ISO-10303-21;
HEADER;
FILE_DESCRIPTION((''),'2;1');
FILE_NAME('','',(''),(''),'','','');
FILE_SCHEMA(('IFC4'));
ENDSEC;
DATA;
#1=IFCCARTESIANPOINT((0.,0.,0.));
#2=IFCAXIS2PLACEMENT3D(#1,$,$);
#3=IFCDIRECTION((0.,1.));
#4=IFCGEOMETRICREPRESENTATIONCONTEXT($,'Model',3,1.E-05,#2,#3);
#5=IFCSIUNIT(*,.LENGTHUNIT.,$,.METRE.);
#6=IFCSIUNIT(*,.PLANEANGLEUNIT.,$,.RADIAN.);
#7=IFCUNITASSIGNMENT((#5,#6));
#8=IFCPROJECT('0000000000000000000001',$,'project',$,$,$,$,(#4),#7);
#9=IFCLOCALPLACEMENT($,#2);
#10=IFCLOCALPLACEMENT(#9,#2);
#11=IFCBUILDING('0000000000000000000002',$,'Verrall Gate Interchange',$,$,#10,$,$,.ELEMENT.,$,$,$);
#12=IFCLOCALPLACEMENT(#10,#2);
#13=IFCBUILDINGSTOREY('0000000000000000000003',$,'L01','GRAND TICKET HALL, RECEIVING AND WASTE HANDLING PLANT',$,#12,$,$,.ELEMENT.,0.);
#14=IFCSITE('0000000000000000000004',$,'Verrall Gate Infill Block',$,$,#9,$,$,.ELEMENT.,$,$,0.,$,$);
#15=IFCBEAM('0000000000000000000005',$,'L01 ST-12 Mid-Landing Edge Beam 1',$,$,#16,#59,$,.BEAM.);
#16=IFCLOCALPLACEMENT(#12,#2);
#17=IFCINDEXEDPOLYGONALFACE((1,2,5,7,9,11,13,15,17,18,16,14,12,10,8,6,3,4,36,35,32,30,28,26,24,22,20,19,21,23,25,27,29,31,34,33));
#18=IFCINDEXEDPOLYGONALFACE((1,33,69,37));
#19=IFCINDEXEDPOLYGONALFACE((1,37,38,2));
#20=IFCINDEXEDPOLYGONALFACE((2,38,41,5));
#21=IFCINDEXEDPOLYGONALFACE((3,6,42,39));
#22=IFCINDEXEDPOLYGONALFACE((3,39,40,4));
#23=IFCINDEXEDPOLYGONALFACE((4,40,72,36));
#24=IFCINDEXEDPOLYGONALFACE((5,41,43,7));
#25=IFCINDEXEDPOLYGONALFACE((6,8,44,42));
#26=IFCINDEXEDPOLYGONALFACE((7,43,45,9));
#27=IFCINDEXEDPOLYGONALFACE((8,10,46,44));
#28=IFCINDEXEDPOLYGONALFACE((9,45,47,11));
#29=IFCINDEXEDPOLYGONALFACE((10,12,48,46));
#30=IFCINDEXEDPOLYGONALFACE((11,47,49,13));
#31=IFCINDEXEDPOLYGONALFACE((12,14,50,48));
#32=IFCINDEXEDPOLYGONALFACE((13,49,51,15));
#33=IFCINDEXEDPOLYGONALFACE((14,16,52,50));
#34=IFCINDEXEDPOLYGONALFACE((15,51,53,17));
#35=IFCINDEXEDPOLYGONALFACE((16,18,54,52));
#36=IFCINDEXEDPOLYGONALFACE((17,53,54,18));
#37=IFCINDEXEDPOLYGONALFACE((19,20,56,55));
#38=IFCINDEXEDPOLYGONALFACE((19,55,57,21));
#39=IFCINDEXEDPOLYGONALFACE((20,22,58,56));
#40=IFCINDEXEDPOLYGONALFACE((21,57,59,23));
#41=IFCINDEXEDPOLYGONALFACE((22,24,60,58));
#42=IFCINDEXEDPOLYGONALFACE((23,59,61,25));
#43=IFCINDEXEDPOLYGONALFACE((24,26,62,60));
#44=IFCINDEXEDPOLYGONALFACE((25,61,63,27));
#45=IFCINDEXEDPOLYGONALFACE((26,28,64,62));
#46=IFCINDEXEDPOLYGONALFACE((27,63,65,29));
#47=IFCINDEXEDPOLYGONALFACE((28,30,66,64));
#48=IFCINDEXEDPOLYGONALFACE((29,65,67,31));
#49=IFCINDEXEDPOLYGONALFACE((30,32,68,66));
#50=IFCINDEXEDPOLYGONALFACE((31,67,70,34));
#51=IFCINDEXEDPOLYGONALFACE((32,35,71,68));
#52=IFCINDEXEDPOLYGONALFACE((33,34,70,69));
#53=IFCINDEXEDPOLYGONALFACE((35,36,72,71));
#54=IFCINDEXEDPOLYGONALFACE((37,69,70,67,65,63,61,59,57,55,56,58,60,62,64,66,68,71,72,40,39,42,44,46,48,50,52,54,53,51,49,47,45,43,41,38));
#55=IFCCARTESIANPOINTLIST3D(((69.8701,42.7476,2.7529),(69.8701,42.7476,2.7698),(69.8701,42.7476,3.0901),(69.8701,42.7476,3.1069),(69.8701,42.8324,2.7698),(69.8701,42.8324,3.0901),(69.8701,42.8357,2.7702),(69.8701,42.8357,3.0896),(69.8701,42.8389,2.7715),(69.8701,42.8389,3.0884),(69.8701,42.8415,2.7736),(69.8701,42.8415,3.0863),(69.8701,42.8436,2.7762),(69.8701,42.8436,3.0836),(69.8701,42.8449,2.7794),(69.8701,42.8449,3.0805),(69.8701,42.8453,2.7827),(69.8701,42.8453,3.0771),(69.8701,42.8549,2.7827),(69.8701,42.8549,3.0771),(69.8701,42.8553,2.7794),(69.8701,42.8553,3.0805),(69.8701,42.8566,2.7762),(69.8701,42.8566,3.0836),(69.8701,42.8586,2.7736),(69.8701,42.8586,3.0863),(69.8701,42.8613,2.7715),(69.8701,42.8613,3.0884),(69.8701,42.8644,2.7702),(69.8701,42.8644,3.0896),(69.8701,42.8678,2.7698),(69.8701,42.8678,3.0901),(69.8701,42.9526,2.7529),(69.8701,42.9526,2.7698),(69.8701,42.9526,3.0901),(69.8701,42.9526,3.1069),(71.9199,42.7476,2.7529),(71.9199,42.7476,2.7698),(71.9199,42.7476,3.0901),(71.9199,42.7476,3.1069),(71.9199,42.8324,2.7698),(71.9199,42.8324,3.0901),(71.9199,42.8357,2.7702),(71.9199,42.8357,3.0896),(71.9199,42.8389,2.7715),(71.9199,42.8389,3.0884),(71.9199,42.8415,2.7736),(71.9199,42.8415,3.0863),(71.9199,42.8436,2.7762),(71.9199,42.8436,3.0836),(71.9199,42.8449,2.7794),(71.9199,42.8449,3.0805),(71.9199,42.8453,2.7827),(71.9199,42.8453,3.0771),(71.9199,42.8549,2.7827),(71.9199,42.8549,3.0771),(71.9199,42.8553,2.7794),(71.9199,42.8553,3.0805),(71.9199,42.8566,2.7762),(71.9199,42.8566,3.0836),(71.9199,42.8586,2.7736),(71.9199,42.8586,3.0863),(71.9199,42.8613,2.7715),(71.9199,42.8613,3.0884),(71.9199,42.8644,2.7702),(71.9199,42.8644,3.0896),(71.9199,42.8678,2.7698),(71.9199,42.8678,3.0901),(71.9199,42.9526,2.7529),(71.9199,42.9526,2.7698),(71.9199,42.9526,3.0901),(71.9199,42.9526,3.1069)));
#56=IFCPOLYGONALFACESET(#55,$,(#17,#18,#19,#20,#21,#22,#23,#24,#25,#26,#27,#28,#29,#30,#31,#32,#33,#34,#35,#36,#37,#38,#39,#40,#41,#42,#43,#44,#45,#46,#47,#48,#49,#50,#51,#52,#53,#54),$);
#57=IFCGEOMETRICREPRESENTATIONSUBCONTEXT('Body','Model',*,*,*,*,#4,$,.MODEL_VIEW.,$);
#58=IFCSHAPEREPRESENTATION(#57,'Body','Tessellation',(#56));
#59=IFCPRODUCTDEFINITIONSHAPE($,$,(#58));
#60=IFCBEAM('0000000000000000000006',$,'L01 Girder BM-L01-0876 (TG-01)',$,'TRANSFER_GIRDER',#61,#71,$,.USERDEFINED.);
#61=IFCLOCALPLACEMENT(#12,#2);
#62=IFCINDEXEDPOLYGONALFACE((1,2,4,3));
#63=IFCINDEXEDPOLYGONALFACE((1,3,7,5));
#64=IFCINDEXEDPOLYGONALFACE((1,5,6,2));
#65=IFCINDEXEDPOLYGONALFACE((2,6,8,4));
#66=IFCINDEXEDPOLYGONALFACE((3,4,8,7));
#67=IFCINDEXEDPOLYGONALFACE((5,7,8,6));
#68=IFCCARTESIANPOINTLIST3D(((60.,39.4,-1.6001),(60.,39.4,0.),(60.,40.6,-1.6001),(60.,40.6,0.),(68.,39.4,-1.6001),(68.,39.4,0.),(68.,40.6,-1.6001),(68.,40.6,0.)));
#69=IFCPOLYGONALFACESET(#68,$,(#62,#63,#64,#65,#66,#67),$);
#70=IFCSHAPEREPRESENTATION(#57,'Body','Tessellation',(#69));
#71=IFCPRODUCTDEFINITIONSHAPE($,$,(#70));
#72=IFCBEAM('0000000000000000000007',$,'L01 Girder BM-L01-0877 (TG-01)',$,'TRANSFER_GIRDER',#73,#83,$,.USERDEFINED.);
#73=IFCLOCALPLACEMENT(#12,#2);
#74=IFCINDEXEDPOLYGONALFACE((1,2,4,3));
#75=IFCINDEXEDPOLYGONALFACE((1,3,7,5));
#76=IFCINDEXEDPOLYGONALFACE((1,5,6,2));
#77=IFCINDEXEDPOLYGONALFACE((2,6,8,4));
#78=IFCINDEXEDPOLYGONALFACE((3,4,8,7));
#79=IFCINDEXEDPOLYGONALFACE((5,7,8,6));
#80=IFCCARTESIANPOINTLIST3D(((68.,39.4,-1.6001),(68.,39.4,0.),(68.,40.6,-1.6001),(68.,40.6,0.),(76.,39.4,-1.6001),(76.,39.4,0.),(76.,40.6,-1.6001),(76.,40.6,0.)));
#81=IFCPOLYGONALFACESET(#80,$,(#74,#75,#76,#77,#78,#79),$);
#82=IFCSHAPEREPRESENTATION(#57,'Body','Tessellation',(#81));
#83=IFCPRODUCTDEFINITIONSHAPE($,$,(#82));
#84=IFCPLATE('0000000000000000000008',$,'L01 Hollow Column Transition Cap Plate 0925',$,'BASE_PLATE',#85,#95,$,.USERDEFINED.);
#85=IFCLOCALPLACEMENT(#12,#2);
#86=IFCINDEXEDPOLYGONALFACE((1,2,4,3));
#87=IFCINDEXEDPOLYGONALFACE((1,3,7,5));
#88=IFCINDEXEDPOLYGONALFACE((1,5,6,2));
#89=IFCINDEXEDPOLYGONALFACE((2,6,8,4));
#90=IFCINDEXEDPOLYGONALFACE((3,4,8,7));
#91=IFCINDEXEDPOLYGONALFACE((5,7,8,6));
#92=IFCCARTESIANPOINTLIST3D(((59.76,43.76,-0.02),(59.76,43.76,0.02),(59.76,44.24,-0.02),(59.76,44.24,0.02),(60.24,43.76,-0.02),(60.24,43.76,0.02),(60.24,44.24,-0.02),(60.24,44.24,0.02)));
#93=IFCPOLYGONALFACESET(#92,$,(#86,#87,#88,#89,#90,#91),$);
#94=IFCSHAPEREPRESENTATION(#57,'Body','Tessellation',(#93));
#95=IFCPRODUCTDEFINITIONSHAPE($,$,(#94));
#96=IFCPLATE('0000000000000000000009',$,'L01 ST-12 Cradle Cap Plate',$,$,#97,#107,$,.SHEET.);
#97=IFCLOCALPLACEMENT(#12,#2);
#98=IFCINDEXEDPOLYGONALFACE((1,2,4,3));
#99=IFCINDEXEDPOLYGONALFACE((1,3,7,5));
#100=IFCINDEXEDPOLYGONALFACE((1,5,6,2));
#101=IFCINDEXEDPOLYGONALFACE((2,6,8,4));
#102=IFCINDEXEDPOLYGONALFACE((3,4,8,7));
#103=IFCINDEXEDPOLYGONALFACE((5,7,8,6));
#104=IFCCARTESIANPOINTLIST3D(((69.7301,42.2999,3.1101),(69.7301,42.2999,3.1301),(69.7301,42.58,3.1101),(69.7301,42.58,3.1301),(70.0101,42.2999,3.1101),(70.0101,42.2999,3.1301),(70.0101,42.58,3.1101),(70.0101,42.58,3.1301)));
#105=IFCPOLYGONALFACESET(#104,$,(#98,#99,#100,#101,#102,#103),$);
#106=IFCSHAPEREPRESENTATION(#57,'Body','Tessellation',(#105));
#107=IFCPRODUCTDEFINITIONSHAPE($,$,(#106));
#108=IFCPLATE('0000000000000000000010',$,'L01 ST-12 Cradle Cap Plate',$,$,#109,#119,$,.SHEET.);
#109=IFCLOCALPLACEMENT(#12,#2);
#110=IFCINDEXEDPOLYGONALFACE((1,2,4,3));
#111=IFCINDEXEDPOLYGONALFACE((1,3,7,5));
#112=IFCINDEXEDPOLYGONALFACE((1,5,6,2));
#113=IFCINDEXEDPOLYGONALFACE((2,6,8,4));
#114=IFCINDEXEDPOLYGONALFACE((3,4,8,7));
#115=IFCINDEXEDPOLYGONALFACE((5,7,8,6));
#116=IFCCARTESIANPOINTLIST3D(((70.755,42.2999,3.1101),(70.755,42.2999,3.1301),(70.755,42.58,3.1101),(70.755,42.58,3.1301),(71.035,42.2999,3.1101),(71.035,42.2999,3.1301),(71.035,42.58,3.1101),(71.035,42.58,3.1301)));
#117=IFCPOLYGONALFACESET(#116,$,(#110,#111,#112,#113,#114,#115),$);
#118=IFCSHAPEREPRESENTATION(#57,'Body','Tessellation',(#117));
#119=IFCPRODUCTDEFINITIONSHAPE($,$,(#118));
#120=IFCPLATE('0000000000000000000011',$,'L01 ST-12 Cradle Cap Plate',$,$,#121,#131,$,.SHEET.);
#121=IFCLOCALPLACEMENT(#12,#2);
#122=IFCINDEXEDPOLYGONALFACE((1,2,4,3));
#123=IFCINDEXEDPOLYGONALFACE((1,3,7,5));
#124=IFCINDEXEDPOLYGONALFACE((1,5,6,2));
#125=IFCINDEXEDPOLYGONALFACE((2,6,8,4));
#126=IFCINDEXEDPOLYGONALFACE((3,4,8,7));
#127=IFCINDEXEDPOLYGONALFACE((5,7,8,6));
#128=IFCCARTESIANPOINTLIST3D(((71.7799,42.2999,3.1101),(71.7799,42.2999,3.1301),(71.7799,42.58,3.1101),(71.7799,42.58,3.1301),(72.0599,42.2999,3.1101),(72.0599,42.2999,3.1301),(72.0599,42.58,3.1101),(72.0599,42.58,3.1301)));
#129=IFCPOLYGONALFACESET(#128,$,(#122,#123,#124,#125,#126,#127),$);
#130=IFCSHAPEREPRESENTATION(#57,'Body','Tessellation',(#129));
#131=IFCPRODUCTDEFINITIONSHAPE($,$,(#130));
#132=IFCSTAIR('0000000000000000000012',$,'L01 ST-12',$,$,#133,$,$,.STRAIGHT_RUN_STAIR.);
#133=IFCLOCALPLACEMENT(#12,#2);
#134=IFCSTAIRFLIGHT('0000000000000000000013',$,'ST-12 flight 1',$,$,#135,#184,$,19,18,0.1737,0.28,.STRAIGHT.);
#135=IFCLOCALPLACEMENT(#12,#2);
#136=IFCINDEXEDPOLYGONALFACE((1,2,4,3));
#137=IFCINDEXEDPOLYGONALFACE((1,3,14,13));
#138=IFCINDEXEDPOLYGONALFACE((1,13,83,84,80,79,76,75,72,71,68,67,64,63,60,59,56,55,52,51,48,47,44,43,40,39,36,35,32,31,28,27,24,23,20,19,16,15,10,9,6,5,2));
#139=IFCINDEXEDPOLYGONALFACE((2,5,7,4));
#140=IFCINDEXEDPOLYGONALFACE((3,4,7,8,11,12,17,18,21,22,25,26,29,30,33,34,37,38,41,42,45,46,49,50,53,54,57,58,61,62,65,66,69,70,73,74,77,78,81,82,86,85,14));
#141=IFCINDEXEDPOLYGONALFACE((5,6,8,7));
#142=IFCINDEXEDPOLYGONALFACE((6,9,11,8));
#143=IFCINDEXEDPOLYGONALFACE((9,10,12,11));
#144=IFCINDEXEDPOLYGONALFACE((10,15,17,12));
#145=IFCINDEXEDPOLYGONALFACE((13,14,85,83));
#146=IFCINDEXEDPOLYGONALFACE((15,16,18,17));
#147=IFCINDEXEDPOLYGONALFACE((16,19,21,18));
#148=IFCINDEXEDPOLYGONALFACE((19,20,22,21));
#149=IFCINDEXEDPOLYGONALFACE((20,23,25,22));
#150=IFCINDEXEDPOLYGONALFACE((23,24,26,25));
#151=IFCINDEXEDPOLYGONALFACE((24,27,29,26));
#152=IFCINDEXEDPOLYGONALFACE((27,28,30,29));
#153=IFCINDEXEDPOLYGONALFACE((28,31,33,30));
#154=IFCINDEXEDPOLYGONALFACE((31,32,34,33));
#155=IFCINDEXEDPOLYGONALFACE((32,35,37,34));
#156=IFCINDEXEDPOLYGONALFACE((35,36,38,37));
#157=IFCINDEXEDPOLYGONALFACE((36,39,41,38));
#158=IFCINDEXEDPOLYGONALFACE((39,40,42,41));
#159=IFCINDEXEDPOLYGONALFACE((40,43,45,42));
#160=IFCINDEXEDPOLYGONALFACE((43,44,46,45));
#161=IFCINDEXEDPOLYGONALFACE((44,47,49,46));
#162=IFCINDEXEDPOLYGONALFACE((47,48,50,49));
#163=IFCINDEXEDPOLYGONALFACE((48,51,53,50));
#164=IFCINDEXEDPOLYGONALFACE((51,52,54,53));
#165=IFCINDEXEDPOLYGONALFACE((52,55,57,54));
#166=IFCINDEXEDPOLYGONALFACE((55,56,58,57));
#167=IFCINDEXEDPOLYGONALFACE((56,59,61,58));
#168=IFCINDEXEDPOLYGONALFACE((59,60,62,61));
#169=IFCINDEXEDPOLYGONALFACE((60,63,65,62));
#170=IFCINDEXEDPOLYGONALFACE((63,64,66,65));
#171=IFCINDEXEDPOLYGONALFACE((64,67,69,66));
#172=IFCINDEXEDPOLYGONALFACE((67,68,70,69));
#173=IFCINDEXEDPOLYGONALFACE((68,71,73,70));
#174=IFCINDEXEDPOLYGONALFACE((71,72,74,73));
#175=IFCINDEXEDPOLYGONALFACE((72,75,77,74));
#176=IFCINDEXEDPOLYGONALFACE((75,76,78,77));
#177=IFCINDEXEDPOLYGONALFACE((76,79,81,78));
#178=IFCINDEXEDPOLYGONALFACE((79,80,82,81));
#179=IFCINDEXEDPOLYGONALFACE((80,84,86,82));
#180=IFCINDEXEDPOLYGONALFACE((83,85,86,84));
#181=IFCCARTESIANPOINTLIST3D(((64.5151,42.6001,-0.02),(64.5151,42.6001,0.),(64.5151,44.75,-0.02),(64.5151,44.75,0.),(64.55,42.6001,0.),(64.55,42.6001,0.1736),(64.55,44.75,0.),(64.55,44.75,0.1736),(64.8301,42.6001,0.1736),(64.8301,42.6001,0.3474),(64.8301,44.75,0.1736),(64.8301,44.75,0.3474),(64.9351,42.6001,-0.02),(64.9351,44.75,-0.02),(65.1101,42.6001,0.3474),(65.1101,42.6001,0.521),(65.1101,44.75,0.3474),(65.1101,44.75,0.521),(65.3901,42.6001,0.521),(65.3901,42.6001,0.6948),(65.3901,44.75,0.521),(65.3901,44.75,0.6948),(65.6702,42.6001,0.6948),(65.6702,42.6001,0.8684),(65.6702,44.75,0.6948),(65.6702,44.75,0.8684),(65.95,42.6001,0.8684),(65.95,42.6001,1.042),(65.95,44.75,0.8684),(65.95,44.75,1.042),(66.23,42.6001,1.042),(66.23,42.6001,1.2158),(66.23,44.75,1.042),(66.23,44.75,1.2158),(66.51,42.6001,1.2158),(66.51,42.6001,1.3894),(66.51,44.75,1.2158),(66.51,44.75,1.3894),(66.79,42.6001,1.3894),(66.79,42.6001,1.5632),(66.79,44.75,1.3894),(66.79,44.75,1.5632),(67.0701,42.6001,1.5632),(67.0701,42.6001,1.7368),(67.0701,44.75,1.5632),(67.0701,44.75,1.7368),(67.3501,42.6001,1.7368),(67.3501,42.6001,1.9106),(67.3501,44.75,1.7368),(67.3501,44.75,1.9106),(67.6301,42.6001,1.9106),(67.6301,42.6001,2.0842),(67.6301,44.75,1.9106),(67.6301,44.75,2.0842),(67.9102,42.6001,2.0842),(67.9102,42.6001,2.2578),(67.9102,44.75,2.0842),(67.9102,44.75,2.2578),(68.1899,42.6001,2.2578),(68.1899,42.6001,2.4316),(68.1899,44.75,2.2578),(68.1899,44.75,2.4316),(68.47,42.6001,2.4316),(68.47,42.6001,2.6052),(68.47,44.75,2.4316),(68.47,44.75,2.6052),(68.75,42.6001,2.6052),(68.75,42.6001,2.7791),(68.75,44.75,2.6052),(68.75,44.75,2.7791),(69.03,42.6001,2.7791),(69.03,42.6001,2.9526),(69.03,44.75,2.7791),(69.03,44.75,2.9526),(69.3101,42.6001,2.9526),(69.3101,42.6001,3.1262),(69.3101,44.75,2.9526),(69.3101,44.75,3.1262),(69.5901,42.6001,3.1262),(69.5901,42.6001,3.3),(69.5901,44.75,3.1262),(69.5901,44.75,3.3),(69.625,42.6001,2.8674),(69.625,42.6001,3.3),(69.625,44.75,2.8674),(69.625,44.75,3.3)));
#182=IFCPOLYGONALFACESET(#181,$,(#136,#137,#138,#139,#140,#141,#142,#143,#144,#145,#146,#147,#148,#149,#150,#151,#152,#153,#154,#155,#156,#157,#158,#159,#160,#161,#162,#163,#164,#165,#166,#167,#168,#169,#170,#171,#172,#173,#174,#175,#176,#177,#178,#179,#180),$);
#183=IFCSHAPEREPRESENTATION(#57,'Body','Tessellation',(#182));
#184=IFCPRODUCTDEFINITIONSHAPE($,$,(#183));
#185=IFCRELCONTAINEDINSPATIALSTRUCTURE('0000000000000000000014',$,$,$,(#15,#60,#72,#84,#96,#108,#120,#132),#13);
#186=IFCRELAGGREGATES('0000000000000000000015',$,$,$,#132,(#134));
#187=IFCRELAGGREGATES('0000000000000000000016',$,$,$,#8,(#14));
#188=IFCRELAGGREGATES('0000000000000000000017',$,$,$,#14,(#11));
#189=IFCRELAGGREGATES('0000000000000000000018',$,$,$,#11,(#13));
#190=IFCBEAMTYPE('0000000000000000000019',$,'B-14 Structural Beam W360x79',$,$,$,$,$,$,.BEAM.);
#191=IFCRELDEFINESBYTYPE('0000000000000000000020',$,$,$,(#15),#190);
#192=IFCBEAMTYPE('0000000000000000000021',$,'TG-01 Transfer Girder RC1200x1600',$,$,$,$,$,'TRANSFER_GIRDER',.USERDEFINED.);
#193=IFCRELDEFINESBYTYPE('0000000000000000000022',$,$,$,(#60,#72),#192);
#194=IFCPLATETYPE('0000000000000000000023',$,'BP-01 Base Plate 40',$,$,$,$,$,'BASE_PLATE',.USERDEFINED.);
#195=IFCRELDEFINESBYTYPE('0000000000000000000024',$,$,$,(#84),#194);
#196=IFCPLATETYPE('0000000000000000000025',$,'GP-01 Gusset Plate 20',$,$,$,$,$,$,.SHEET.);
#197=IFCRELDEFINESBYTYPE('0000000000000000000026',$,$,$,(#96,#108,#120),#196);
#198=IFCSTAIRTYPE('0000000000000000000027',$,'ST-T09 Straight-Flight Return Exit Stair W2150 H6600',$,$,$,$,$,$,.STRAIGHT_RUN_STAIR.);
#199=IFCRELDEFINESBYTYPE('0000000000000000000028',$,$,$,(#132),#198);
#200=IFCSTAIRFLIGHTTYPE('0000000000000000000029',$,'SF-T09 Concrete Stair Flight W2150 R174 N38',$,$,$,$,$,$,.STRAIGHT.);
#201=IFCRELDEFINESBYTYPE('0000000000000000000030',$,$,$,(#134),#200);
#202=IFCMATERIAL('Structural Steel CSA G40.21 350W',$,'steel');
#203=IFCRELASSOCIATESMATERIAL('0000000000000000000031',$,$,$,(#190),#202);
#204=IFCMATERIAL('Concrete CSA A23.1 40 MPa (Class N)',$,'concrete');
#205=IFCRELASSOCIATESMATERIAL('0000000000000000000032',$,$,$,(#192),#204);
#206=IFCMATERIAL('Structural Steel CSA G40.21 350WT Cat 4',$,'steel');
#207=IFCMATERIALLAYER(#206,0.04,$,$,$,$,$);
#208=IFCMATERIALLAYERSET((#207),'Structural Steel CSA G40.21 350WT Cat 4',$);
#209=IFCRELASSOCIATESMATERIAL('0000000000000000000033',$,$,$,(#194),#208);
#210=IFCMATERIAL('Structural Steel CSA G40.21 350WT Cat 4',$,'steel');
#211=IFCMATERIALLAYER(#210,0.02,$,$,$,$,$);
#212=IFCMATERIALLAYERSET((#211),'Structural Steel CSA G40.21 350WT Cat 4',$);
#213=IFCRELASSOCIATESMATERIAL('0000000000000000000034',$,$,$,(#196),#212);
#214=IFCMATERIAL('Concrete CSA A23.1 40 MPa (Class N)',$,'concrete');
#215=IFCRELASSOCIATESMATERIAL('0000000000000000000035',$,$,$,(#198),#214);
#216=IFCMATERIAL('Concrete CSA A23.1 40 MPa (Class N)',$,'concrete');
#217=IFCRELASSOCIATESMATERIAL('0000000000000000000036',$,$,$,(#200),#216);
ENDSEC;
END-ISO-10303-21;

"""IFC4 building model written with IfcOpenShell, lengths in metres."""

from ifc_helpers import new_model, si_unit, direction, frame, origin, origin_2d, place, context, subcontext, project, spatial, polyline, rectangle, i_section, outline, extrude, material, layer, layer_set, material_profile, profile_set, type_object, element, aggregate, save


model = new_model("IFC4")

# Units and contexts
model_context = context("Model", 3, precision=1e-05, world=origin(), true_north=direction((0.0, 1.0)))
body_context = subcontext(model_context, "Body", "Model", "MODEL_VIEW")
ifc_project = project(units=[si_unit("LENGTHUNIT", "METRE"), si_unit("PLANEANGLEUNIT", "RADIAN")], contexts=[model_context])

# Site, building, storey
site_placement = place(None, origin())
site = spatial("IfcSite", under=ifc_project, at=site_placement, Name="Verrall Gate Infill Block", CompositionType="ELEMENT", RefElevation=0.0)
building_placement = place(site_placement, origin())
building = spatial("IfcBuilding", under=site, at=building_placement, Name="Verrall Gate Interchange", CompositionType="ELEMENT")
storey_placement = place(building_placement, origin())
storey = spatial("IfcBuildingStorey", under=building, at=storey_placement, Name="L01", Description="GRAND TICKET HALL, RECEIVING AND WASTE HANDLING PLANT", CompositionType="ELEMENT", Elevation=0.0)

# Beams
ifc_material_1 = material(Name="Structural Steel CSA G40.21 350W", Category="steel")
ifc_material_profile_1 = material_profile(ifc_material_1, i_section(OverallWidth=0.2051, OverallDepth=0.354, WebThickness=0.0095, FlangeThickness=0.0168, FilletRadius=0.0129, at=origin_2d()), Name="W360x79")
ifc_profile_set_1 = profile_set([ifc_material_profile_1], Name="Structural Steel CSA G40.21 350W")
beam_type_1 = type_object("IfcBeamType", Name="B-14 Structural Beam W360x79", PredefinedType="BEAM", material=ifc_profile_set_1)
beam_placement = place(storey_placement, frame((69.8701, 42.8501, 2.9299), z_axis=(1.0, 0.0, 0.0), x_axis=(0.0, 1.0, 0.0)))
element("IfcBeam", 1, at=beam_placement, inside=storey, type_object=beam_type_1, Name="L01 ST-12 Mid-Landing Edge Beam 1", PredefinedType="BEAM", context=body_context, shape_type="SweptSolid", body=[
    extrude(i_section(OverallWidth=0.2051, OverallDepth=0.354, WebThickness=0.0095, FlangeThickness=0.0168, FilletRadius=0.0129, at=origin_2d()), origin(), (0.0, 0.0, 1.0), 2.0498),
])
ifc_material_2 = material(Name="Concrete CSA A23.1 40 MPa (Class N)", Category="concrete")
ifc_material_profile_2 = material_profile(ifc_material_2, rectangle(XDim=1.2, YDim=1.6001, at=origin_2d()), Name="RC1200x1600")
ifc_profile_set_2 = profile_set([ifc_material_profile_2], Name="Concrete CSA A23.1 40 MPa (Class N)")
beam_type_2 = type_object("IfcBeamType", Name="TG-01 Transfer Girder RC1200x1600", ElementType="TRANSFER_GIRDER", PredefinedType="USERDEFINED", material=ifc_profile_set_2)
for number, where, z_axis, x_axis, name in (
    (2, (60.0, 40.0, -0.8), (1.0, 0.0, 0.0), (0.0, 1.0, 0.0), "L01 Girder BM-L01-0876 (TG-01)"),
    (3, (68.0, 40.0, -0.8), (1.0, 0.0, 0.0), (0.0, 1.0, 0.0), "L01 Girder BM-L01-0877 (TG-01)"),
):
    element("IfcBeam", number, at=place(storey_placement, frame(where, z_axis=z_axis, x_axis=x_axis)), inside=storey, type_object=beam_type_2, Name=name, ObjectType="TRANSFER_GIRDER", PredefinedType="USERDEFINED", context=body_context, shape_type="SweptSolid", body=[
        extrude(rectangle(XDim=1.2, YDim=1.6001, at=origin_2d()), origin(), (0.0, 0.0, 1.0), 8.0),
    ])

# Plates
ifc_material_3 = material(Name="Structural Steel CSA G40.21 350WT Cat 4", Category="steel")
ifc_layer_1 = layer(ifc_material_3, 0.04)
ifc_layer_set_1 = layer_set([ifc_layer_1], Name="Structural Steel CSA G40.21 350WT Cat 4")
plate_type_1 = type_object("IfcPlateType", Name="BP-01 Base Plate 40", ElementType="BASE_PLATE", PredefinedType="USERDEFINED", material=ifc_layer_set_1)
plate_placement = place(storey_placement, frame((60.0, 44.0, -0.02), z_axis=(0.0, 0.0, 1.0), x_axis=(1.0, 0.0, 0.0)))
element("IfcPlate", 4, at=plate_placement, inside=storey, type_object=plate_type_1, Name="L01 Hollow Column Transition Cap Plate 0925", ObjectType="BASE_PLATE", PredefinedType="USERDEFINED", context=body_context, shape_type="SweptSolid", body=[
    extrude(rectangle(XDim=0.48, YDim=0.48, at=origin_2d()), origin(), (0.0, 0.0, 1.0), 0.04),
])
ifc_material_4 = material(Name="Structural Steel CSA G40.21 350WT Cat 4", Category="steel")
ifc_layer_2 = layer(ifc_material_4, 0.02)
ifc_layer_set_2 = layer_set([ifc_layer_2], Name="Structural Steel CSA G40.21 350WT Cat 4")
plate_type_2 = type_object("IfcPlateType", Name="GP-01 Gusset Plate 20", PredefinedType="SHEET", material=ifc_layer_set_2)
for number, where, z_axis, x_axis, name in (
    (5, (69.8701, 42.4399, 3.1101), (0.0, 0.0, 1.0), (1.0, 0.0, 0.0), "L01 ST-12 Cradle Cap Plate"),
    (6, (70.895, 42.4399, 3.1101), (0.0, 0.0, 1.0), (1.0, 0.0, 0.0), "L01 ST-12 Cradle Cap Plate"),
    (7, (71.9199, 42.4399, 3.1101), (0.0, 0.0, 1.0), (1.0, 0.0, 0.0), "L01 ST-12 Cradle Cap Plate"),
):
    element("IfcPlate", number, at=place(storey_placement, frame(where, z_axis=z_axis, x_axis=x_axis)), inside=storey, type_object=plate_type_2, Name=name, PredefinedType="SHEET", context=body_context, shape_type="SweptSolid", body=[
        extrude(rectangle(XDim=0.28, YDim=0.28, at=origin_2d()), origin(), (0.0, 0.0, 1.0), 0.02),
    ])

# Stair, stair flight
ifc_material_5 = material(Name="Concrete CSA A23.1 40 MPa (Class N)", Category="concrete")
stair_type = type_object("IfcStairType", Name="ST-T09 Straight-Flight Return Exit Stair W2150 H6600", PredefinedType="STRAIGHT_RUN_STAIR", material=ifc_material_5)
stair_placement = place(storey_placement, origin())
stair = element("IfcStair", 8, at=stair_placement, inside=storey, type_object=stair_type, Name="L01 ST-12", PredefinedType="STRAIGHT_RUN_STAIR")
ifc_material_6 = material(Name="Concrete CSA A23.1 40 MPa (Class N)", Category="concrete")
stair_flight_type = type_object("IfcStairFlightType", Name="SF-T09 Concrete Stair Flight W2150 R174 N38", PredefinedType="STRAIGHT", material=ifc_material_6)
stair_flight_placement = place(storey_placement, frame((64.55, 43.675, 0.0), z_axis=(0.0, 0.0, 1.0), x_axis=(1.0, 0.0, 0.0)))
stair_flight = element("IfcStairFlight", 9, at=stair_flight_placement, type_object=stair_flight_type, Name="ST-12 flight 1", NumberOfRisers=19, NumberOfTreads=18, PredefinedType="STRAIGHT", RiserHeight=0.1737, TreadLength=0.28, context=body_context, shape_type="SweptSolid", body=[
    extrude(outline(polyline([(-0.0349, -0.02), (-0.0349, 0.0), (0.0, 0.0), (0.0, 0.1736), (0.28, 0.1736), (0.28, 0.3474), (0.5601, 0.3474), (0.5601, 0.521), (0.8401, 0.521), (0.8401, 0.6948), (1.1201, 0.6948), (1.1201, 0.8684), (1.3999, 0.8684), (1.3999, 1.042), (1.6799, 1.042), (1.6799, 1.2158), (1.96, 1.2158), (1.96, 1.3894), (2.24, 1.3894), (2.24, 1.5632), (2.52, 1.5632), (2.52, 1.7368), (2.8, 1.7368), (2.8, 1.9106), (3.0801, 1.9106), (3.0801, 2.0842), (3.3601, 2.0842), (3.3601, 2.2578), (3.6399, 2.2578), (3.6399, 2.4316), (3.9199, 2.4316), (3.9199, 2.6052), (4.2, 2.6052), (4.2, 2.7791), (4.48, 2.7791), (4.48, 2.9526), (4.76, 2.9526), (4.76, 3.1262), (5.04, 3.1262), (5.04, 3.3), (5.075, 3.3), (5.075, 2.8674), (0.385, -0.02), (-0.0349, -0.02)])), frame((0.0, 1.075, 0.0), z_axis=(0.0, -1.0, 0.0), x_axis=(1.0, 0.0, 0.0)), (0.0, 0.0, 1.0), 2.1499),
])
aggregate(stair, [stair_flight])

save(model, "model.ifc")
